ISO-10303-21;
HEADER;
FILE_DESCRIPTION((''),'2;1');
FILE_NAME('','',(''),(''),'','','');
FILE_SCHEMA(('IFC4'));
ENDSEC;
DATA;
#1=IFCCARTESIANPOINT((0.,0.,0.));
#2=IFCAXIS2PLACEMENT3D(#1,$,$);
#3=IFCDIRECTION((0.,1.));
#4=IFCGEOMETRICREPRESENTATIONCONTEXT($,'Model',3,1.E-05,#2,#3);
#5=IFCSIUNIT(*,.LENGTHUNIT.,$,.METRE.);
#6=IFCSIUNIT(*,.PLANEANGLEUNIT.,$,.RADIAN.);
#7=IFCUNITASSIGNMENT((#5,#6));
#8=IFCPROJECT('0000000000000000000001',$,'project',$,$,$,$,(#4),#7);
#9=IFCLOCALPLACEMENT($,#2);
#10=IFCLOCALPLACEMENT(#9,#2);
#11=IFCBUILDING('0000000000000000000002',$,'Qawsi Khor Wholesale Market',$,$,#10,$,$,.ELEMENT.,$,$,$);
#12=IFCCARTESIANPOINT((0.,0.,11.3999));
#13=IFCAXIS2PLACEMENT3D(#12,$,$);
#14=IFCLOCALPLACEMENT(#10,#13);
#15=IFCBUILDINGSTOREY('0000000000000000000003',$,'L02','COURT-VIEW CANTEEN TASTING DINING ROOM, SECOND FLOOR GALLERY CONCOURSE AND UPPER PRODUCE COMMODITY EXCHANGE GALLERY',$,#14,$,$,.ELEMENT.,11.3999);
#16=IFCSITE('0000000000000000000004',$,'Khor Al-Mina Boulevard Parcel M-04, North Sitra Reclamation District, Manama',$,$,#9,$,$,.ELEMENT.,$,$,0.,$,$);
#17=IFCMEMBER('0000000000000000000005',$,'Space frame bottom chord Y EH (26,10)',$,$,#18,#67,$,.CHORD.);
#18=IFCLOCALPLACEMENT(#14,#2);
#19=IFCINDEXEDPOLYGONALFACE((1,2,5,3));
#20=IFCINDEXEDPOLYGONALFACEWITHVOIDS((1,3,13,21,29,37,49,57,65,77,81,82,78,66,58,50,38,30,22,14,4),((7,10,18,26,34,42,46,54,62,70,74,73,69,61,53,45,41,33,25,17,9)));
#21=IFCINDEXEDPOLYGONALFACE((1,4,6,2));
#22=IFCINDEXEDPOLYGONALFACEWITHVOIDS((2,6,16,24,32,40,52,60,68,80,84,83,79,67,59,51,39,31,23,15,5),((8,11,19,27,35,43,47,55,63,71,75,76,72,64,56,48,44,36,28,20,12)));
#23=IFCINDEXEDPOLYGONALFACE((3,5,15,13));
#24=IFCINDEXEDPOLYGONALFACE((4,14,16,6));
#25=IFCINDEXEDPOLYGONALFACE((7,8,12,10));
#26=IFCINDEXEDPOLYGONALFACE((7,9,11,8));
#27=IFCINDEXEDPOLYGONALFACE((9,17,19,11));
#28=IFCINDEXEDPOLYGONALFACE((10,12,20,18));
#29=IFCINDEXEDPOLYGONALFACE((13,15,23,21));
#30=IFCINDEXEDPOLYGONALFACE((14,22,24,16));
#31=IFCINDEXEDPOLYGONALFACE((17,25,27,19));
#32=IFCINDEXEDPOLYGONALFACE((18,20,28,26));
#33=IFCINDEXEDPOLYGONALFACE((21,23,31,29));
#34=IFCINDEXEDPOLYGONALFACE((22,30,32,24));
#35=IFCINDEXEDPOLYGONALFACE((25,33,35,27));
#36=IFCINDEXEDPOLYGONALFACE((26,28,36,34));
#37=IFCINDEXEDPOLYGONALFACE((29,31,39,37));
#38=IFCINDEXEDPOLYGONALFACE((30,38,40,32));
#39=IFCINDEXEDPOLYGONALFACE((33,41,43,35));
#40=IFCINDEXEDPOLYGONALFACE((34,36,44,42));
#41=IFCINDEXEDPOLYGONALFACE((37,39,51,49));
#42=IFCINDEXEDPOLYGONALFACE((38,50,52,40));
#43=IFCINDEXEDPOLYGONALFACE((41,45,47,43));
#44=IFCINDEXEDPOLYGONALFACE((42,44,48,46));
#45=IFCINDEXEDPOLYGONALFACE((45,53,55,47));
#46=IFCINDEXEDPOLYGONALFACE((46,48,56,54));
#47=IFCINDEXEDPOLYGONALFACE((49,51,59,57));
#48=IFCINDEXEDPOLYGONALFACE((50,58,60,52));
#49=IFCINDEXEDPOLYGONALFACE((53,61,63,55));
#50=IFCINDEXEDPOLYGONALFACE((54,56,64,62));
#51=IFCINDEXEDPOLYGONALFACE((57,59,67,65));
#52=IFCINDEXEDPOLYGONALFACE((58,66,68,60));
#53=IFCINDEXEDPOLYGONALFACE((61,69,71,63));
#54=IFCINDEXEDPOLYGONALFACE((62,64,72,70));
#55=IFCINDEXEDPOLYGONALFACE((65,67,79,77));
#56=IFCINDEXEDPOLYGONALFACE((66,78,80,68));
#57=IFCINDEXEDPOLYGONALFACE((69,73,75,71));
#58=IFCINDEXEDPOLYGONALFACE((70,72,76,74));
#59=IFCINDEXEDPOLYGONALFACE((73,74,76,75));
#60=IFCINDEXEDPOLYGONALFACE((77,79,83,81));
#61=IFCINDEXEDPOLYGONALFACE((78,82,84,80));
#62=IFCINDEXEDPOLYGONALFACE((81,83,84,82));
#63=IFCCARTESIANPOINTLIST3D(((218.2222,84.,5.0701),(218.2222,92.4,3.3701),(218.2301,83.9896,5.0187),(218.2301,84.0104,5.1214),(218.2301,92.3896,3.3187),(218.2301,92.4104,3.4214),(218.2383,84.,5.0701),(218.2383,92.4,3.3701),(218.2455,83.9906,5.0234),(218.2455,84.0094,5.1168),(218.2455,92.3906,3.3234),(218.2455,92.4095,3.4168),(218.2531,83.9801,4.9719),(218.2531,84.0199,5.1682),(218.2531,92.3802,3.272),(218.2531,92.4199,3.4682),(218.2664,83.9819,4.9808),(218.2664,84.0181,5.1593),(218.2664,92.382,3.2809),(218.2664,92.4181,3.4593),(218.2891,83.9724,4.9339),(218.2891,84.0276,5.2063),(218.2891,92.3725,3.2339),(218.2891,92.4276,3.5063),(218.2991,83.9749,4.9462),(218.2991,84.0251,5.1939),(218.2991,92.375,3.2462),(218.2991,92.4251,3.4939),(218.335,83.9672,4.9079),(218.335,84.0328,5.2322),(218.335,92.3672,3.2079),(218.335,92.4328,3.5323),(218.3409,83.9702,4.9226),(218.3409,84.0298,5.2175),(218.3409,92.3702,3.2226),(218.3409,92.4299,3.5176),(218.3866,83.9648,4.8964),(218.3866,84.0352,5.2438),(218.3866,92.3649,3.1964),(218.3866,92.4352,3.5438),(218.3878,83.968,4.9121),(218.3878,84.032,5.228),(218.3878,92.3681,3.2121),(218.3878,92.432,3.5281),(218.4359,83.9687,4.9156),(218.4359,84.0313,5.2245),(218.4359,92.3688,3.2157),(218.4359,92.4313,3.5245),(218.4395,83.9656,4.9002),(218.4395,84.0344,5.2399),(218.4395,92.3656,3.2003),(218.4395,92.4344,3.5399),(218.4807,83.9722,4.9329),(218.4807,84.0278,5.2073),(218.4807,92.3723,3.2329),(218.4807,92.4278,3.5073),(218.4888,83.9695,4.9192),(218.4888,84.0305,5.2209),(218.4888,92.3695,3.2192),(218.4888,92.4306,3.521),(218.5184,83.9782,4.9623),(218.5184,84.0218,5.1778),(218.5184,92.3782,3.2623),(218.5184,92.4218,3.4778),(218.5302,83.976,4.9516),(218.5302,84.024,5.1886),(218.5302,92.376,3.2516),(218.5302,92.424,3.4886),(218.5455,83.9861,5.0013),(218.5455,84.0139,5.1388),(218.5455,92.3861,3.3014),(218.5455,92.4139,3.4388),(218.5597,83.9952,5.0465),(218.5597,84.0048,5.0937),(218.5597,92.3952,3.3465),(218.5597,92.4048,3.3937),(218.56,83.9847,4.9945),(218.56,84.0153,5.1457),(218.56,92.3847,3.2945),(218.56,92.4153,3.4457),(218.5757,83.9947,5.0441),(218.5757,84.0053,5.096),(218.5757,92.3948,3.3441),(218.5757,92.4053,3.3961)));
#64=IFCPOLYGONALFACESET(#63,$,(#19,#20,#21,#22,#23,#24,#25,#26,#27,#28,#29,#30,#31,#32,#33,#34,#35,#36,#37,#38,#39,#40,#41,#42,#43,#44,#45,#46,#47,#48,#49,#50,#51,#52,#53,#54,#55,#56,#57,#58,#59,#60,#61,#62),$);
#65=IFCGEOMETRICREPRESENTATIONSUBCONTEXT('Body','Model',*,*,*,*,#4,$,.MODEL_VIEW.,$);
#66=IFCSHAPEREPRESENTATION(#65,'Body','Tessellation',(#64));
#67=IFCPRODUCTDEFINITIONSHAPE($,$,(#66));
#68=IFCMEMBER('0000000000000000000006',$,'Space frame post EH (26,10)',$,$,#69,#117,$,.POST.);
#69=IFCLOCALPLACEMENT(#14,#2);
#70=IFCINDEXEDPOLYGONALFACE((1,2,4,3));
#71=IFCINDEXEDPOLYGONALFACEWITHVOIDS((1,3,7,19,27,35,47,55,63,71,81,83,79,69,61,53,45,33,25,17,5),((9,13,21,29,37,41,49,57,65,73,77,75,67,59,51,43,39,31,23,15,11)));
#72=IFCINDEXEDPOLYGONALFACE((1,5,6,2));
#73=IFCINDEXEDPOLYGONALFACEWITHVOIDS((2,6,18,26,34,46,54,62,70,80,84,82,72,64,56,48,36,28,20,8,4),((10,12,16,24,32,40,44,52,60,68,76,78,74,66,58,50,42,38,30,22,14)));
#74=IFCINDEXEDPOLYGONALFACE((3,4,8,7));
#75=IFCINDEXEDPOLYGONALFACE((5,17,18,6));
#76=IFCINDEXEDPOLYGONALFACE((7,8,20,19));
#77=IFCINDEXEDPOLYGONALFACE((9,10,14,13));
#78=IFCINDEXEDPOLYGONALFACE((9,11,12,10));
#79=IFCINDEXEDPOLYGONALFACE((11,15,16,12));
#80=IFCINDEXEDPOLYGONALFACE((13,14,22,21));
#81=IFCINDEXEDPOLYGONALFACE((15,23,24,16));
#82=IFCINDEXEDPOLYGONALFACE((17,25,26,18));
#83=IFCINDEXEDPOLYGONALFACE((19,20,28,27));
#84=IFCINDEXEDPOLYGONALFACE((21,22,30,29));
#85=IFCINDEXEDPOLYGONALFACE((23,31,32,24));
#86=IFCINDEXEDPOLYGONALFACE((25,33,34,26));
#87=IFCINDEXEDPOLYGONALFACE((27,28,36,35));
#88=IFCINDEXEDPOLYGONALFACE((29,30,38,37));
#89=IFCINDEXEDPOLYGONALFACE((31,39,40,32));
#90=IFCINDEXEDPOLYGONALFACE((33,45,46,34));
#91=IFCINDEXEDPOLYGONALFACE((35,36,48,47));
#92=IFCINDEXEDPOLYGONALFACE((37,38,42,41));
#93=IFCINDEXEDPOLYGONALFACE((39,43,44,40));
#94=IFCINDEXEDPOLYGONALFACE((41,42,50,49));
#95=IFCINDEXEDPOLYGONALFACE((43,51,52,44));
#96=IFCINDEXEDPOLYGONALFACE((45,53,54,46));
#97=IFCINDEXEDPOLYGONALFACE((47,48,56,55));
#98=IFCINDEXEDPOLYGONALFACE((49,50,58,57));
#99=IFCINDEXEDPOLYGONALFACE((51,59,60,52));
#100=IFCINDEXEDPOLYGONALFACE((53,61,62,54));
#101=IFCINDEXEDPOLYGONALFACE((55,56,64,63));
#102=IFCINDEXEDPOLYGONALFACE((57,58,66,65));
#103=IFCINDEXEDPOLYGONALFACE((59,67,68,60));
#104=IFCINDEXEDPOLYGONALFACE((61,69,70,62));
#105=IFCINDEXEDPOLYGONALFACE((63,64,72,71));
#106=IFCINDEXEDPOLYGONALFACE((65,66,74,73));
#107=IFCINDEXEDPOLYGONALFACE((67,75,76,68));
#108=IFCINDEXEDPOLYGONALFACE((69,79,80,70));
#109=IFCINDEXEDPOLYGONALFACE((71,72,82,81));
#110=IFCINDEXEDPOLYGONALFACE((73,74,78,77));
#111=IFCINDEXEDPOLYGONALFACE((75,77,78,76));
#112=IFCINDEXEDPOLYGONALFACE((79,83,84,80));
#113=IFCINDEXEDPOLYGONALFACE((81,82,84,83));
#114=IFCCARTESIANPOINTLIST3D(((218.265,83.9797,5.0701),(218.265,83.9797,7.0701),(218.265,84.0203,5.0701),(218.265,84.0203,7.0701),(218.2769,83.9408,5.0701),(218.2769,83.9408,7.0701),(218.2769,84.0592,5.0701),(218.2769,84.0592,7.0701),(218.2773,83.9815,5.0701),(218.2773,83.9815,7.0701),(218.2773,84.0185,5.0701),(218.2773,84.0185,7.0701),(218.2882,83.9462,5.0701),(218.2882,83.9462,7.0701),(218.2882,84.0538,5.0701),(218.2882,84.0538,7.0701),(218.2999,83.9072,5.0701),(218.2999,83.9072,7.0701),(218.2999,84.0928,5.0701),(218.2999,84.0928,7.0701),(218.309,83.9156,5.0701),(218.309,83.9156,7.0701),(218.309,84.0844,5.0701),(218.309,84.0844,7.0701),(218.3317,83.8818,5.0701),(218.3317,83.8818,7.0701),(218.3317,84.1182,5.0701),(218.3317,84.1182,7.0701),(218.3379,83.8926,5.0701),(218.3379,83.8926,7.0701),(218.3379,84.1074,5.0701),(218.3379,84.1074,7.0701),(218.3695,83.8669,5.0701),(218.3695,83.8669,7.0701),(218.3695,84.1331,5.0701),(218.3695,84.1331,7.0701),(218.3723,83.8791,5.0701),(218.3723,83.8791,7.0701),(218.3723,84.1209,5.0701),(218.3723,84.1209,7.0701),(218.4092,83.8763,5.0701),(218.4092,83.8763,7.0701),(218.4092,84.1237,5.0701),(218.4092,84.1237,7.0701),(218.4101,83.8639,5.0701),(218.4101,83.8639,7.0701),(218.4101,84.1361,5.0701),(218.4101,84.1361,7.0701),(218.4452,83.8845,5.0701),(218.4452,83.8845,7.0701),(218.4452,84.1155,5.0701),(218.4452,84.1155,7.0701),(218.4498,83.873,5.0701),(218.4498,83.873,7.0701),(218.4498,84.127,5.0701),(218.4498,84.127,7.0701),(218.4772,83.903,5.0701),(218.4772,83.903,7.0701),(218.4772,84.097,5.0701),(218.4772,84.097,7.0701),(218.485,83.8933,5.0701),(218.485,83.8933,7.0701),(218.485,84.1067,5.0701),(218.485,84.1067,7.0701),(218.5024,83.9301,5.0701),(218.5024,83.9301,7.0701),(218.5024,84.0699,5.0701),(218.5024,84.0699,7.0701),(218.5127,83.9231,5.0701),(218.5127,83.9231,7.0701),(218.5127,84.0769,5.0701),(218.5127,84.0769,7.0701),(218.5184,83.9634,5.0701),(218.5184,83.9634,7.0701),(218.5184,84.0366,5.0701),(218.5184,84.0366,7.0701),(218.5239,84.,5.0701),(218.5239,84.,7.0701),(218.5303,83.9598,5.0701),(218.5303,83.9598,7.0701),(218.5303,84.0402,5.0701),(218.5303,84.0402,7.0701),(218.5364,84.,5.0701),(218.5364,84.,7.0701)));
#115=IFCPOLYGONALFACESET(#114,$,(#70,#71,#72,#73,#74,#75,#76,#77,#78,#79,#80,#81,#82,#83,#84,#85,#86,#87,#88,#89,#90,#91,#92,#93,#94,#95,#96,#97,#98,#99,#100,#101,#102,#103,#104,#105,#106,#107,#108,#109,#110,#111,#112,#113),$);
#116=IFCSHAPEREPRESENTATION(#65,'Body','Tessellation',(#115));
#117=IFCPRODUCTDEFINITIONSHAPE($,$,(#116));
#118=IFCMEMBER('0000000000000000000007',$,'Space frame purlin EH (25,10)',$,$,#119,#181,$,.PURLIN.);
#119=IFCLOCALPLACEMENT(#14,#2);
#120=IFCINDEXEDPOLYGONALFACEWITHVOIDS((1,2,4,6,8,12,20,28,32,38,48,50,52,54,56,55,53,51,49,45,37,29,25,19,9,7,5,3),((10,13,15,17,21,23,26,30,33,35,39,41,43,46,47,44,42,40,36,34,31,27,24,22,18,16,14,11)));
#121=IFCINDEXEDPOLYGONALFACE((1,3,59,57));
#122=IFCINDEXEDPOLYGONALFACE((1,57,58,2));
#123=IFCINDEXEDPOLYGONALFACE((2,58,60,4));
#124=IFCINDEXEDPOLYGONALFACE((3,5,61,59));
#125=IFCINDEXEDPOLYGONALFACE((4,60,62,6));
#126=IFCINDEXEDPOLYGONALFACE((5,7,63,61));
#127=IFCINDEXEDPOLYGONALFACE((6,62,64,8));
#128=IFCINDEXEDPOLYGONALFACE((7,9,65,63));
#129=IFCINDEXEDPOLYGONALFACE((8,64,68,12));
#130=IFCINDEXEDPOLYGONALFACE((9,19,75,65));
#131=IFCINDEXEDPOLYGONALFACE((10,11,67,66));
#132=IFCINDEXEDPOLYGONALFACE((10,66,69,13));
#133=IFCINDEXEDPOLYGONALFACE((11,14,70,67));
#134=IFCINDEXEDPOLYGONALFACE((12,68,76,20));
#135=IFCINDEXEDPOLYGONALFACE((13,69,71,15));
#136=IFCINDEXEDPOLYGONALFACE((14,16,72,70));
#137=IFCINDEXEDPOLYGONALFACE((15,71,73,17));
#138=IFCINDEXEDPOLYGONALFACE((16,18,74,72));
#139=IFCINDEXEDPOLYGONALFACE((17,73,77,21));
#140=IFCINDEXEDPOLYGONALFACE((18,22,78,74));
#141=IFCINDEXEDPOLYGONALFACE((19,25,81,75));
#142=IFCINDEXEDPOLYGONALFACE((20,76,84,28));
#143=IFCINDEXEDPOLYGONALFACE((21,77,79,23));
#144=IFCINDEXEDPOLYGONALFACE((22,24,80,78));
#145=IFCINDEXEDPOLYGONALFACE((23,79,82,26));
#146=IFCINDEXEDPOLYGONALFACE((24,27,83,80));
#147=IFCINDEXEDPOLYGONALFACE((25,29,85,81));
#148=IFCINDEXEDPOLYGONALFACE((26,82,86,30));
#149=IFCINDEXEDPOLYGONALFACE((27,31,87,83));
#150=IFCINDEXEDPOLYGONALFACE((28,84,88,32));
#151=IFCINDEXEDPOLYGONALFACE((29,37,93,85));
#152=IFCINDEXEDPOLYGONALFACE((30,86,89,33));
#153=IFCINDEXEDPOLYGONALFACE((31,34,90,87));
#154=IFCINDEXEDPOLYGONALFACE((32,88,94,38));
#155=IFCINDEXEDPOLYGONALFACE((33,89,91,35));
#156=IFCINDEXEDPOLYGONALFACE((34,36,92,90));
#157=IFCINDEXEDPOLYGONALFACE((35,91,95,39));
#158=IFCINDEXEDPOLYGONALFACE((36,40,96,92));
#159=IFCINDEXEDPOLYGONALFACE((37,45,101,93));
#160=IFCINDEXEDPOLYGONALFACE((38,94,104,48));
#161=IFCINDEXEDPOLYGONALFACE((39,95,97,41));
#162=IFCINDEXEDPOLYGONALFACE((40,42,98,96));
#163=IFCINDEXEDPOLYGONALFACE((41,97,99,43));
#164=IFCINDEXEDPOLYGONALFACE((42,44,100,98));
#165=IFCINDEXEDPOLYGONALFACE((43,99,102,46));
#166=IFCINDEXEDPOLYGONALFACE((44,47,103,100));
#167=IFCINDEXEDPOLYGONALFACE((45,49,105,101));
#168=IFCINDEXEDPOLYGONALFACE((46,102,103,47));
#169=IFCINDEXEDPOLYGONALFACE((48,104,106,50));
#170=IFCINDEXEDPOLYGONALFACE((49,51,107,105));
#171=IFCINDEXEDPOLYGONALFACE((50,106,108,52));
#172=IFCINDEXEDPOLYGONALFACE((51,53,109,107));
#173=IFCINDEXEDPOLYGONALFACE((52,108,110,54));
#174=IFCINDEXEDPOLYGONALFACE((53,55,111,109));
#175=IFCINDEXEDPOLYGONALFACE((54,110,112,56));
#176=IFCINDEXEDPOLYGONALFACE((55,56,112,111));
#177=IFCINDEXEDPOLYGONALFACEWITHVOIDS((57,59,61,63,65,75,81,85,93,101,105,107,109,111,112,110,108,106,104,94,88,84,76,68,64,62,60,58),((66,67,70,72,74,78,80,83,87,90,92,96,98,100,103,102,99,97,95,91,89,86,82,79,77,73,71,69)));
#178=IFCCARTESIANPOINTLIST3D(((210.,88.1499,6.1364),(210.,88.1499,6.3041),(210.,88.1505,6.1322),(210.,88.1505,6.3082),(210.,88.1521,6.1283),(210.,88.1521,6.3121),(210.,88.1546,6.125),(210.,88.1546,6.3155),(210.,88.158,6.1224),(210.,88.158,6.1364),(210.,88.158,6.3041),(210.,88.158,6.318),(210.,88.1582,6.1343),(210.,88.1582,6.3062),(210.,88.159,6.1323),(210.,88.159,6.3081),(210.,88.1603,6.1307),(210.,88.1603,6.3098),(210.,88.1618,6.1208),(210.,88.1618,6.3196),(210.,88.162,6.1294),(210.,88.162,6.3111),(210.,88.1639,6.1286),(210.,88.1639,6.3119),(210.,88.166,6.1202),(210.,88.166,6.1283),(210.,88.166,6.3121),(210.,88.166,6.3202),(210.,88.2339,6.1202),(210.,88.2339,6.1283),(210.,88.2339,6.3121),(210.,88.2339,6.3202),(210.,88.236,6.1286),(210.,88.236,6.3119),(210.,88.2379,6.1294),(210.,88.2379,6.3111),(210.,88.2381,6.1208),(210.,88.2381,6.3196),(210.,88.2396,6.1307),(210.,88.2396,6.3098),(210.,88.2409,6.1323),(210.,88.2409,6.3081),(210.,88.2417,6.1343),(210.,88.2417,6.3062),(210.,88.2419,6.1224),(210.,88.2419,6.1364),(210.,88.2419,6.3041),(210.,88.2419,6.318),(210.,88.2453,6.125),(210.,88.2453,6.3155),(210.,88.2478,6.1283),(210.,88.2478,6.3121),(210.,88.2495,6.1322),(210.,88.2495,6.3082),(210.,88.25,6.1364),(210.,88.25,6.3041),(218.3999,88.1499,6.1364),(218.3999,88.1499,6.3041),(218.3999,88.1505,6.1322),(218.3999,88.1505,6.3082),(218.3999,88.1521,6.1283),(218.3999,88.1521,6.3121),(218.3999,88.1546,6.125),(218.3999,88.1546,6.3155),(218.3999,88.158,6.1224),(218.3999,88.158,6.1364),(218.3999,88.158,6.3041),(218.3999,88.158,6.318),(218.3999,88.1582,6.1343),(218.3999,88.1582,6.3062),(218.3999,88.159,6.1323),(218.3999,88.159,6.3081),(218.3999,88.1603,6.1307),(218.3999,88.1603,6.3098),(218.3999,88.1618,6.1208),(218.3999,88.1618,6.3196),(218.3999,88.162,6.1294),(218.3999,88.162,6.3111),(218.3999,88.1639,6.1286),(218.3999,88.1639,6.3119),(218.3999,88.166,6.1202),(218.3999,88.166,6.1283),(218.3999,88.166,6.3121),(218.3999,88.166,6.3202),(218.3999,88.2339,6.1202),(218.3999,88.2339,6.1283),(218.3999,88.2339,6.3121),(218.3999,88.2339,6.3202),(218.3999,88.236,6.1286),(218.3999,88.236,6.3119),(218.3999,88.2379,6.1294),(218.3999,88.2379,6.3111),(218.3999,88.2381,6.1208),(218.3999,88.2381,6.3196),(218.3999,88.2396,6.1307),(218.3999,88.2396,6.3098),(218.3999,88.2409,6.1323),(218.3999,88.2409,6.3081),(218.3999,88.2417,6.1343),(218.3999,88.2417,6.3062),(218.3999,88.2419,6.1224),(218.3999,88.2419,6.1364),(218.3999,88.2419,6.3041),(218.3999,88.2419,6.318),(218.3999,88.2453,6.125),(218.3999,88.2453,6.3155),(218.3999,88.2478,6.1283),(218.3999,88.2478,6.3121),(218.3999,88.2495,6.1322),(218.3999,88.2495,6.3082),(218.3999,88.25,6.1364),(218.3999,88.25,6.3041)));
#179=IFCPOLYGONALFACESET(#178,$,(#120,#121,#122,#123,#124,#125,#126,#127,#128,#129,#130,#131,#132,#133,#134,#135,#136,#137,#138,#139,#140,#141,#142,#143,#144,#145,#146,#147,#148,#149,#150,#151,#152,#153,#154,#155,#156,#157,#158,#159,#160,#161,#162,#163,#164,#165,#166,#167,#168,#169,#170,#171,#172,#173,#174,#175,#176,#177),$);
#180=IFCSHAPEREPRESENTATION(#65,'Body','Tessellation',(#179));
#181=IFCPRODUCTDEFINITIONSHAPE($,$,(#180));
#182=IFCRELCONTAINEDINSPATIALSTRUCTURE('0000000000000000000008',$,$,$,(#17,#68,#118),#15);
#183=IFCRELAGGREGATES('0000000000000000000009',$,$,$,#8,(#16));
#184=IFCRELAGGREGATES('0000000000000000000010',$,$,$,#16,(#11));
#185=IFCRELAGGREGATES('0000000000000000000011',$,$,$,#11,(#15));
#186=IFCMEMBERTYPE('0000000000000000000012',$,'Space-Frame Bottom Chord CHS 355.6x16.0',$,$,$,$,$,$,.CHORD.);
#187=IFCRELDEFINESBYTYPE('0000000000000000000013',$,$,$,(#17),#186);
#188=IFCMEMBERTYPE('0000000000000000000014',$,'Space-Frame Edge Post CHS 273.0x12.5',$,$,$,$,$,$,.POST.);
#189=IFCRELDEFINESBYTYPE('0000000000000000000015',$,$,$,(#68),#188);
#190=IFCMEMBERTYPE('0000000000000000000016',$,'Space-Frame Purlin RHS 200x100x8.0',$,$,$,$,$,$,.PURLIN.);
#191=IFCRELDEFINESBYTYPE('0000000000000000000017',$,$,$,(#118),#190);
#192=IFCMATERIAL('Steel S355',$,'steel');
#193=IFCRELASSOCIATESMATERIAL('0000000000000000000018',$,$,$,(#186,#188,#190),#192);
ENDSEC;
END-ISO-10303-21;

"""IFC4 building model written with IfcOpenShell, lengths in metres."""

from ifc_helpers import new_model, si_unit, direction, frame, origin, origin_2d, place, context, subcontext, project, spatial, hollow_rectangle, hollow_circle, extrude, material, material_profile, profile_set, type_object, element, save


model = new_model("IFC4")

# Units and contexts
model_context = context("Model", 3, precision=1e-05, world=origin(), true_north=direction((0.0, 1.0)))
body_context = subcontext(model_context, "Body", "Model", "MODEL_VIEW")
ifc_project = project(units=[si_unit("LENGTHUNIT", "METRE"), si_unit("PLANEANGLEUNIT", "RADIAN")], contexts=[model_context])

# Site, building, storey
site_placement = place(None, origin())
site = spatial("IfcSite", under=ifc_project, at=site_placement, Name="Khor Al-Mina Boulevard Parcel M-04, North Sitra Reclamation District, Manama", CompositionType="ELEMENT", RefElevation=0.0)
building_placement = place(site_placement, origin())
building = spatial("IfcBuilding", under=site, at=building_placement, Name="Qawsi Khor Wholesale Market", CompositionType="ELEMENT")
storey_placement = place(building_placement, frame((0.0, 0.0, 11.3999)))
storey = spatial("IfcBuildingStorey", under=building, at=storey_placement, Name="L02", Description="COURT-VIEW CANTEEN TASTING DINING ROOM, SECOND FLOOR GALLERY CONCOURSE AND UPPER PRODUCE COMMODITY EXCHANGE GALLERY", CompositionType="ELEMENT", Elevation=11.3999)

# Members
ifc_material_1 = material(Name="Steel S355", Category="steel")
ifc_material_profile_1 = material_profile(ifc_material_1, hollow_circle(Radius=0.1777, WallThickness=0.0161, at=origin_2d()), Name="CHS 355.6x16.0")
ifc_profile_set_1 = profile_set([ifc_material_profile_1], Name="Steel S355")
member_type_1 = type_object("IfcMemberType", Name="Space-Frame Bottom Chord CHS 355.6x16.0", PredefinedType="CHORD", material=ifc_profile_set_1)
member_1_placement = place(storey_placement, frame((218.3999, 84.0, 5.0701), z_axis=(0.0, 0.98013, -0.198356), x_axis=(-1.0, 0.0, 0.0)))
element("IfcMember", 1, at=member_1_placement, inside=storey, type_object=member_type_1, Name="Space frame bottom chord Y EH (26,10)", PredefinedType="CHORD", context=body_context, shape_type="SweptSolid", body=[
    extrude(hollow_circle(Radius=0.1777, WallThickness=0.0161, at=origin_2d()), origin(), (0.0, 0.0, 1.0), 8.5703),
])
ifc_material_profile_2 = material_profile(ifc_material_1, hollow_circle(Radius=0.1365, WallThickness=0.0125, at=origin_2d()), Name="CHS 273.0x12.5")
ifc_profile_set_2 = profile_set([ifc_material_profile_2], Name="Steel S355")
member_type_2 = type_object("IfcMemberType", Name="Space-Frame Edge Post CHS 273.0x12.5", PredefinedType="POST", material=ifc_profile_set_2)
member_2_placement = place(storey_placement, frame((218.3999, 84.0, 5.0701), z_axis=(0.0, 0.0, 1.0), x_axis=(1.0, 0.0, 0.0)))
element("IfcMember", 2, at=member_2_placement, inside=storey, type_object=member_type_2, Name="Space frame post EH (26,10)", PredefinedType="POST", context=body_context, shape_type="SweptSolid", body=[
    extrude(hollow_circle(Radius=0.1365, WallThickness=0.0125, at=origin_2d()), origin(), (0.0, 0.0, 1.0), 2.0),
])
ifc_material_profile_3 = material_profile(ifc_material_1, hollow_rectangle(XDim=0.1001, YDim=0.2, WallThickness=0.0081, InnerFilletRadius=0.0081, OuterFilletRadius=0.0161, at=origin_2d()), Name="RHS 200x100x8.0")
ifc_profile_set_3 = profile_set([ifc_material_profile_3], Name="Steel S355")
member_type_3 = type_object("IfcMemberType", Name="Space-Frame Purlin RHS 200x100x8.0", PredefinedType="PURLIN", material=ifc_profile_set_3)
member_3_placement = place(storey_placement, frame((210.0, 88.2, 6.2202), z_axis=(1.0, 0.0, 0.0), x_axis=(0.0, 1.0, 0.0)))
element("IfcMember", 3, at=member_3_placement, inside=storey, type_object=member_type_3, Name="Space frame purlin EH (25,10)", PredefinedType="PURLIN", context=body_context, shape_type="SweptSolid", body=[
    extrude(hollow_rectangle(XDim=0.1001, YDim=0.2, WallThickness=0.0081, InnerFilletRadius=0.0081, OuterFilletRadius=0.0161, at=origin_2d()), origin(), (0.0, 0.0, 1.0), 8.3999),
])

save(model, "model.ifc")
